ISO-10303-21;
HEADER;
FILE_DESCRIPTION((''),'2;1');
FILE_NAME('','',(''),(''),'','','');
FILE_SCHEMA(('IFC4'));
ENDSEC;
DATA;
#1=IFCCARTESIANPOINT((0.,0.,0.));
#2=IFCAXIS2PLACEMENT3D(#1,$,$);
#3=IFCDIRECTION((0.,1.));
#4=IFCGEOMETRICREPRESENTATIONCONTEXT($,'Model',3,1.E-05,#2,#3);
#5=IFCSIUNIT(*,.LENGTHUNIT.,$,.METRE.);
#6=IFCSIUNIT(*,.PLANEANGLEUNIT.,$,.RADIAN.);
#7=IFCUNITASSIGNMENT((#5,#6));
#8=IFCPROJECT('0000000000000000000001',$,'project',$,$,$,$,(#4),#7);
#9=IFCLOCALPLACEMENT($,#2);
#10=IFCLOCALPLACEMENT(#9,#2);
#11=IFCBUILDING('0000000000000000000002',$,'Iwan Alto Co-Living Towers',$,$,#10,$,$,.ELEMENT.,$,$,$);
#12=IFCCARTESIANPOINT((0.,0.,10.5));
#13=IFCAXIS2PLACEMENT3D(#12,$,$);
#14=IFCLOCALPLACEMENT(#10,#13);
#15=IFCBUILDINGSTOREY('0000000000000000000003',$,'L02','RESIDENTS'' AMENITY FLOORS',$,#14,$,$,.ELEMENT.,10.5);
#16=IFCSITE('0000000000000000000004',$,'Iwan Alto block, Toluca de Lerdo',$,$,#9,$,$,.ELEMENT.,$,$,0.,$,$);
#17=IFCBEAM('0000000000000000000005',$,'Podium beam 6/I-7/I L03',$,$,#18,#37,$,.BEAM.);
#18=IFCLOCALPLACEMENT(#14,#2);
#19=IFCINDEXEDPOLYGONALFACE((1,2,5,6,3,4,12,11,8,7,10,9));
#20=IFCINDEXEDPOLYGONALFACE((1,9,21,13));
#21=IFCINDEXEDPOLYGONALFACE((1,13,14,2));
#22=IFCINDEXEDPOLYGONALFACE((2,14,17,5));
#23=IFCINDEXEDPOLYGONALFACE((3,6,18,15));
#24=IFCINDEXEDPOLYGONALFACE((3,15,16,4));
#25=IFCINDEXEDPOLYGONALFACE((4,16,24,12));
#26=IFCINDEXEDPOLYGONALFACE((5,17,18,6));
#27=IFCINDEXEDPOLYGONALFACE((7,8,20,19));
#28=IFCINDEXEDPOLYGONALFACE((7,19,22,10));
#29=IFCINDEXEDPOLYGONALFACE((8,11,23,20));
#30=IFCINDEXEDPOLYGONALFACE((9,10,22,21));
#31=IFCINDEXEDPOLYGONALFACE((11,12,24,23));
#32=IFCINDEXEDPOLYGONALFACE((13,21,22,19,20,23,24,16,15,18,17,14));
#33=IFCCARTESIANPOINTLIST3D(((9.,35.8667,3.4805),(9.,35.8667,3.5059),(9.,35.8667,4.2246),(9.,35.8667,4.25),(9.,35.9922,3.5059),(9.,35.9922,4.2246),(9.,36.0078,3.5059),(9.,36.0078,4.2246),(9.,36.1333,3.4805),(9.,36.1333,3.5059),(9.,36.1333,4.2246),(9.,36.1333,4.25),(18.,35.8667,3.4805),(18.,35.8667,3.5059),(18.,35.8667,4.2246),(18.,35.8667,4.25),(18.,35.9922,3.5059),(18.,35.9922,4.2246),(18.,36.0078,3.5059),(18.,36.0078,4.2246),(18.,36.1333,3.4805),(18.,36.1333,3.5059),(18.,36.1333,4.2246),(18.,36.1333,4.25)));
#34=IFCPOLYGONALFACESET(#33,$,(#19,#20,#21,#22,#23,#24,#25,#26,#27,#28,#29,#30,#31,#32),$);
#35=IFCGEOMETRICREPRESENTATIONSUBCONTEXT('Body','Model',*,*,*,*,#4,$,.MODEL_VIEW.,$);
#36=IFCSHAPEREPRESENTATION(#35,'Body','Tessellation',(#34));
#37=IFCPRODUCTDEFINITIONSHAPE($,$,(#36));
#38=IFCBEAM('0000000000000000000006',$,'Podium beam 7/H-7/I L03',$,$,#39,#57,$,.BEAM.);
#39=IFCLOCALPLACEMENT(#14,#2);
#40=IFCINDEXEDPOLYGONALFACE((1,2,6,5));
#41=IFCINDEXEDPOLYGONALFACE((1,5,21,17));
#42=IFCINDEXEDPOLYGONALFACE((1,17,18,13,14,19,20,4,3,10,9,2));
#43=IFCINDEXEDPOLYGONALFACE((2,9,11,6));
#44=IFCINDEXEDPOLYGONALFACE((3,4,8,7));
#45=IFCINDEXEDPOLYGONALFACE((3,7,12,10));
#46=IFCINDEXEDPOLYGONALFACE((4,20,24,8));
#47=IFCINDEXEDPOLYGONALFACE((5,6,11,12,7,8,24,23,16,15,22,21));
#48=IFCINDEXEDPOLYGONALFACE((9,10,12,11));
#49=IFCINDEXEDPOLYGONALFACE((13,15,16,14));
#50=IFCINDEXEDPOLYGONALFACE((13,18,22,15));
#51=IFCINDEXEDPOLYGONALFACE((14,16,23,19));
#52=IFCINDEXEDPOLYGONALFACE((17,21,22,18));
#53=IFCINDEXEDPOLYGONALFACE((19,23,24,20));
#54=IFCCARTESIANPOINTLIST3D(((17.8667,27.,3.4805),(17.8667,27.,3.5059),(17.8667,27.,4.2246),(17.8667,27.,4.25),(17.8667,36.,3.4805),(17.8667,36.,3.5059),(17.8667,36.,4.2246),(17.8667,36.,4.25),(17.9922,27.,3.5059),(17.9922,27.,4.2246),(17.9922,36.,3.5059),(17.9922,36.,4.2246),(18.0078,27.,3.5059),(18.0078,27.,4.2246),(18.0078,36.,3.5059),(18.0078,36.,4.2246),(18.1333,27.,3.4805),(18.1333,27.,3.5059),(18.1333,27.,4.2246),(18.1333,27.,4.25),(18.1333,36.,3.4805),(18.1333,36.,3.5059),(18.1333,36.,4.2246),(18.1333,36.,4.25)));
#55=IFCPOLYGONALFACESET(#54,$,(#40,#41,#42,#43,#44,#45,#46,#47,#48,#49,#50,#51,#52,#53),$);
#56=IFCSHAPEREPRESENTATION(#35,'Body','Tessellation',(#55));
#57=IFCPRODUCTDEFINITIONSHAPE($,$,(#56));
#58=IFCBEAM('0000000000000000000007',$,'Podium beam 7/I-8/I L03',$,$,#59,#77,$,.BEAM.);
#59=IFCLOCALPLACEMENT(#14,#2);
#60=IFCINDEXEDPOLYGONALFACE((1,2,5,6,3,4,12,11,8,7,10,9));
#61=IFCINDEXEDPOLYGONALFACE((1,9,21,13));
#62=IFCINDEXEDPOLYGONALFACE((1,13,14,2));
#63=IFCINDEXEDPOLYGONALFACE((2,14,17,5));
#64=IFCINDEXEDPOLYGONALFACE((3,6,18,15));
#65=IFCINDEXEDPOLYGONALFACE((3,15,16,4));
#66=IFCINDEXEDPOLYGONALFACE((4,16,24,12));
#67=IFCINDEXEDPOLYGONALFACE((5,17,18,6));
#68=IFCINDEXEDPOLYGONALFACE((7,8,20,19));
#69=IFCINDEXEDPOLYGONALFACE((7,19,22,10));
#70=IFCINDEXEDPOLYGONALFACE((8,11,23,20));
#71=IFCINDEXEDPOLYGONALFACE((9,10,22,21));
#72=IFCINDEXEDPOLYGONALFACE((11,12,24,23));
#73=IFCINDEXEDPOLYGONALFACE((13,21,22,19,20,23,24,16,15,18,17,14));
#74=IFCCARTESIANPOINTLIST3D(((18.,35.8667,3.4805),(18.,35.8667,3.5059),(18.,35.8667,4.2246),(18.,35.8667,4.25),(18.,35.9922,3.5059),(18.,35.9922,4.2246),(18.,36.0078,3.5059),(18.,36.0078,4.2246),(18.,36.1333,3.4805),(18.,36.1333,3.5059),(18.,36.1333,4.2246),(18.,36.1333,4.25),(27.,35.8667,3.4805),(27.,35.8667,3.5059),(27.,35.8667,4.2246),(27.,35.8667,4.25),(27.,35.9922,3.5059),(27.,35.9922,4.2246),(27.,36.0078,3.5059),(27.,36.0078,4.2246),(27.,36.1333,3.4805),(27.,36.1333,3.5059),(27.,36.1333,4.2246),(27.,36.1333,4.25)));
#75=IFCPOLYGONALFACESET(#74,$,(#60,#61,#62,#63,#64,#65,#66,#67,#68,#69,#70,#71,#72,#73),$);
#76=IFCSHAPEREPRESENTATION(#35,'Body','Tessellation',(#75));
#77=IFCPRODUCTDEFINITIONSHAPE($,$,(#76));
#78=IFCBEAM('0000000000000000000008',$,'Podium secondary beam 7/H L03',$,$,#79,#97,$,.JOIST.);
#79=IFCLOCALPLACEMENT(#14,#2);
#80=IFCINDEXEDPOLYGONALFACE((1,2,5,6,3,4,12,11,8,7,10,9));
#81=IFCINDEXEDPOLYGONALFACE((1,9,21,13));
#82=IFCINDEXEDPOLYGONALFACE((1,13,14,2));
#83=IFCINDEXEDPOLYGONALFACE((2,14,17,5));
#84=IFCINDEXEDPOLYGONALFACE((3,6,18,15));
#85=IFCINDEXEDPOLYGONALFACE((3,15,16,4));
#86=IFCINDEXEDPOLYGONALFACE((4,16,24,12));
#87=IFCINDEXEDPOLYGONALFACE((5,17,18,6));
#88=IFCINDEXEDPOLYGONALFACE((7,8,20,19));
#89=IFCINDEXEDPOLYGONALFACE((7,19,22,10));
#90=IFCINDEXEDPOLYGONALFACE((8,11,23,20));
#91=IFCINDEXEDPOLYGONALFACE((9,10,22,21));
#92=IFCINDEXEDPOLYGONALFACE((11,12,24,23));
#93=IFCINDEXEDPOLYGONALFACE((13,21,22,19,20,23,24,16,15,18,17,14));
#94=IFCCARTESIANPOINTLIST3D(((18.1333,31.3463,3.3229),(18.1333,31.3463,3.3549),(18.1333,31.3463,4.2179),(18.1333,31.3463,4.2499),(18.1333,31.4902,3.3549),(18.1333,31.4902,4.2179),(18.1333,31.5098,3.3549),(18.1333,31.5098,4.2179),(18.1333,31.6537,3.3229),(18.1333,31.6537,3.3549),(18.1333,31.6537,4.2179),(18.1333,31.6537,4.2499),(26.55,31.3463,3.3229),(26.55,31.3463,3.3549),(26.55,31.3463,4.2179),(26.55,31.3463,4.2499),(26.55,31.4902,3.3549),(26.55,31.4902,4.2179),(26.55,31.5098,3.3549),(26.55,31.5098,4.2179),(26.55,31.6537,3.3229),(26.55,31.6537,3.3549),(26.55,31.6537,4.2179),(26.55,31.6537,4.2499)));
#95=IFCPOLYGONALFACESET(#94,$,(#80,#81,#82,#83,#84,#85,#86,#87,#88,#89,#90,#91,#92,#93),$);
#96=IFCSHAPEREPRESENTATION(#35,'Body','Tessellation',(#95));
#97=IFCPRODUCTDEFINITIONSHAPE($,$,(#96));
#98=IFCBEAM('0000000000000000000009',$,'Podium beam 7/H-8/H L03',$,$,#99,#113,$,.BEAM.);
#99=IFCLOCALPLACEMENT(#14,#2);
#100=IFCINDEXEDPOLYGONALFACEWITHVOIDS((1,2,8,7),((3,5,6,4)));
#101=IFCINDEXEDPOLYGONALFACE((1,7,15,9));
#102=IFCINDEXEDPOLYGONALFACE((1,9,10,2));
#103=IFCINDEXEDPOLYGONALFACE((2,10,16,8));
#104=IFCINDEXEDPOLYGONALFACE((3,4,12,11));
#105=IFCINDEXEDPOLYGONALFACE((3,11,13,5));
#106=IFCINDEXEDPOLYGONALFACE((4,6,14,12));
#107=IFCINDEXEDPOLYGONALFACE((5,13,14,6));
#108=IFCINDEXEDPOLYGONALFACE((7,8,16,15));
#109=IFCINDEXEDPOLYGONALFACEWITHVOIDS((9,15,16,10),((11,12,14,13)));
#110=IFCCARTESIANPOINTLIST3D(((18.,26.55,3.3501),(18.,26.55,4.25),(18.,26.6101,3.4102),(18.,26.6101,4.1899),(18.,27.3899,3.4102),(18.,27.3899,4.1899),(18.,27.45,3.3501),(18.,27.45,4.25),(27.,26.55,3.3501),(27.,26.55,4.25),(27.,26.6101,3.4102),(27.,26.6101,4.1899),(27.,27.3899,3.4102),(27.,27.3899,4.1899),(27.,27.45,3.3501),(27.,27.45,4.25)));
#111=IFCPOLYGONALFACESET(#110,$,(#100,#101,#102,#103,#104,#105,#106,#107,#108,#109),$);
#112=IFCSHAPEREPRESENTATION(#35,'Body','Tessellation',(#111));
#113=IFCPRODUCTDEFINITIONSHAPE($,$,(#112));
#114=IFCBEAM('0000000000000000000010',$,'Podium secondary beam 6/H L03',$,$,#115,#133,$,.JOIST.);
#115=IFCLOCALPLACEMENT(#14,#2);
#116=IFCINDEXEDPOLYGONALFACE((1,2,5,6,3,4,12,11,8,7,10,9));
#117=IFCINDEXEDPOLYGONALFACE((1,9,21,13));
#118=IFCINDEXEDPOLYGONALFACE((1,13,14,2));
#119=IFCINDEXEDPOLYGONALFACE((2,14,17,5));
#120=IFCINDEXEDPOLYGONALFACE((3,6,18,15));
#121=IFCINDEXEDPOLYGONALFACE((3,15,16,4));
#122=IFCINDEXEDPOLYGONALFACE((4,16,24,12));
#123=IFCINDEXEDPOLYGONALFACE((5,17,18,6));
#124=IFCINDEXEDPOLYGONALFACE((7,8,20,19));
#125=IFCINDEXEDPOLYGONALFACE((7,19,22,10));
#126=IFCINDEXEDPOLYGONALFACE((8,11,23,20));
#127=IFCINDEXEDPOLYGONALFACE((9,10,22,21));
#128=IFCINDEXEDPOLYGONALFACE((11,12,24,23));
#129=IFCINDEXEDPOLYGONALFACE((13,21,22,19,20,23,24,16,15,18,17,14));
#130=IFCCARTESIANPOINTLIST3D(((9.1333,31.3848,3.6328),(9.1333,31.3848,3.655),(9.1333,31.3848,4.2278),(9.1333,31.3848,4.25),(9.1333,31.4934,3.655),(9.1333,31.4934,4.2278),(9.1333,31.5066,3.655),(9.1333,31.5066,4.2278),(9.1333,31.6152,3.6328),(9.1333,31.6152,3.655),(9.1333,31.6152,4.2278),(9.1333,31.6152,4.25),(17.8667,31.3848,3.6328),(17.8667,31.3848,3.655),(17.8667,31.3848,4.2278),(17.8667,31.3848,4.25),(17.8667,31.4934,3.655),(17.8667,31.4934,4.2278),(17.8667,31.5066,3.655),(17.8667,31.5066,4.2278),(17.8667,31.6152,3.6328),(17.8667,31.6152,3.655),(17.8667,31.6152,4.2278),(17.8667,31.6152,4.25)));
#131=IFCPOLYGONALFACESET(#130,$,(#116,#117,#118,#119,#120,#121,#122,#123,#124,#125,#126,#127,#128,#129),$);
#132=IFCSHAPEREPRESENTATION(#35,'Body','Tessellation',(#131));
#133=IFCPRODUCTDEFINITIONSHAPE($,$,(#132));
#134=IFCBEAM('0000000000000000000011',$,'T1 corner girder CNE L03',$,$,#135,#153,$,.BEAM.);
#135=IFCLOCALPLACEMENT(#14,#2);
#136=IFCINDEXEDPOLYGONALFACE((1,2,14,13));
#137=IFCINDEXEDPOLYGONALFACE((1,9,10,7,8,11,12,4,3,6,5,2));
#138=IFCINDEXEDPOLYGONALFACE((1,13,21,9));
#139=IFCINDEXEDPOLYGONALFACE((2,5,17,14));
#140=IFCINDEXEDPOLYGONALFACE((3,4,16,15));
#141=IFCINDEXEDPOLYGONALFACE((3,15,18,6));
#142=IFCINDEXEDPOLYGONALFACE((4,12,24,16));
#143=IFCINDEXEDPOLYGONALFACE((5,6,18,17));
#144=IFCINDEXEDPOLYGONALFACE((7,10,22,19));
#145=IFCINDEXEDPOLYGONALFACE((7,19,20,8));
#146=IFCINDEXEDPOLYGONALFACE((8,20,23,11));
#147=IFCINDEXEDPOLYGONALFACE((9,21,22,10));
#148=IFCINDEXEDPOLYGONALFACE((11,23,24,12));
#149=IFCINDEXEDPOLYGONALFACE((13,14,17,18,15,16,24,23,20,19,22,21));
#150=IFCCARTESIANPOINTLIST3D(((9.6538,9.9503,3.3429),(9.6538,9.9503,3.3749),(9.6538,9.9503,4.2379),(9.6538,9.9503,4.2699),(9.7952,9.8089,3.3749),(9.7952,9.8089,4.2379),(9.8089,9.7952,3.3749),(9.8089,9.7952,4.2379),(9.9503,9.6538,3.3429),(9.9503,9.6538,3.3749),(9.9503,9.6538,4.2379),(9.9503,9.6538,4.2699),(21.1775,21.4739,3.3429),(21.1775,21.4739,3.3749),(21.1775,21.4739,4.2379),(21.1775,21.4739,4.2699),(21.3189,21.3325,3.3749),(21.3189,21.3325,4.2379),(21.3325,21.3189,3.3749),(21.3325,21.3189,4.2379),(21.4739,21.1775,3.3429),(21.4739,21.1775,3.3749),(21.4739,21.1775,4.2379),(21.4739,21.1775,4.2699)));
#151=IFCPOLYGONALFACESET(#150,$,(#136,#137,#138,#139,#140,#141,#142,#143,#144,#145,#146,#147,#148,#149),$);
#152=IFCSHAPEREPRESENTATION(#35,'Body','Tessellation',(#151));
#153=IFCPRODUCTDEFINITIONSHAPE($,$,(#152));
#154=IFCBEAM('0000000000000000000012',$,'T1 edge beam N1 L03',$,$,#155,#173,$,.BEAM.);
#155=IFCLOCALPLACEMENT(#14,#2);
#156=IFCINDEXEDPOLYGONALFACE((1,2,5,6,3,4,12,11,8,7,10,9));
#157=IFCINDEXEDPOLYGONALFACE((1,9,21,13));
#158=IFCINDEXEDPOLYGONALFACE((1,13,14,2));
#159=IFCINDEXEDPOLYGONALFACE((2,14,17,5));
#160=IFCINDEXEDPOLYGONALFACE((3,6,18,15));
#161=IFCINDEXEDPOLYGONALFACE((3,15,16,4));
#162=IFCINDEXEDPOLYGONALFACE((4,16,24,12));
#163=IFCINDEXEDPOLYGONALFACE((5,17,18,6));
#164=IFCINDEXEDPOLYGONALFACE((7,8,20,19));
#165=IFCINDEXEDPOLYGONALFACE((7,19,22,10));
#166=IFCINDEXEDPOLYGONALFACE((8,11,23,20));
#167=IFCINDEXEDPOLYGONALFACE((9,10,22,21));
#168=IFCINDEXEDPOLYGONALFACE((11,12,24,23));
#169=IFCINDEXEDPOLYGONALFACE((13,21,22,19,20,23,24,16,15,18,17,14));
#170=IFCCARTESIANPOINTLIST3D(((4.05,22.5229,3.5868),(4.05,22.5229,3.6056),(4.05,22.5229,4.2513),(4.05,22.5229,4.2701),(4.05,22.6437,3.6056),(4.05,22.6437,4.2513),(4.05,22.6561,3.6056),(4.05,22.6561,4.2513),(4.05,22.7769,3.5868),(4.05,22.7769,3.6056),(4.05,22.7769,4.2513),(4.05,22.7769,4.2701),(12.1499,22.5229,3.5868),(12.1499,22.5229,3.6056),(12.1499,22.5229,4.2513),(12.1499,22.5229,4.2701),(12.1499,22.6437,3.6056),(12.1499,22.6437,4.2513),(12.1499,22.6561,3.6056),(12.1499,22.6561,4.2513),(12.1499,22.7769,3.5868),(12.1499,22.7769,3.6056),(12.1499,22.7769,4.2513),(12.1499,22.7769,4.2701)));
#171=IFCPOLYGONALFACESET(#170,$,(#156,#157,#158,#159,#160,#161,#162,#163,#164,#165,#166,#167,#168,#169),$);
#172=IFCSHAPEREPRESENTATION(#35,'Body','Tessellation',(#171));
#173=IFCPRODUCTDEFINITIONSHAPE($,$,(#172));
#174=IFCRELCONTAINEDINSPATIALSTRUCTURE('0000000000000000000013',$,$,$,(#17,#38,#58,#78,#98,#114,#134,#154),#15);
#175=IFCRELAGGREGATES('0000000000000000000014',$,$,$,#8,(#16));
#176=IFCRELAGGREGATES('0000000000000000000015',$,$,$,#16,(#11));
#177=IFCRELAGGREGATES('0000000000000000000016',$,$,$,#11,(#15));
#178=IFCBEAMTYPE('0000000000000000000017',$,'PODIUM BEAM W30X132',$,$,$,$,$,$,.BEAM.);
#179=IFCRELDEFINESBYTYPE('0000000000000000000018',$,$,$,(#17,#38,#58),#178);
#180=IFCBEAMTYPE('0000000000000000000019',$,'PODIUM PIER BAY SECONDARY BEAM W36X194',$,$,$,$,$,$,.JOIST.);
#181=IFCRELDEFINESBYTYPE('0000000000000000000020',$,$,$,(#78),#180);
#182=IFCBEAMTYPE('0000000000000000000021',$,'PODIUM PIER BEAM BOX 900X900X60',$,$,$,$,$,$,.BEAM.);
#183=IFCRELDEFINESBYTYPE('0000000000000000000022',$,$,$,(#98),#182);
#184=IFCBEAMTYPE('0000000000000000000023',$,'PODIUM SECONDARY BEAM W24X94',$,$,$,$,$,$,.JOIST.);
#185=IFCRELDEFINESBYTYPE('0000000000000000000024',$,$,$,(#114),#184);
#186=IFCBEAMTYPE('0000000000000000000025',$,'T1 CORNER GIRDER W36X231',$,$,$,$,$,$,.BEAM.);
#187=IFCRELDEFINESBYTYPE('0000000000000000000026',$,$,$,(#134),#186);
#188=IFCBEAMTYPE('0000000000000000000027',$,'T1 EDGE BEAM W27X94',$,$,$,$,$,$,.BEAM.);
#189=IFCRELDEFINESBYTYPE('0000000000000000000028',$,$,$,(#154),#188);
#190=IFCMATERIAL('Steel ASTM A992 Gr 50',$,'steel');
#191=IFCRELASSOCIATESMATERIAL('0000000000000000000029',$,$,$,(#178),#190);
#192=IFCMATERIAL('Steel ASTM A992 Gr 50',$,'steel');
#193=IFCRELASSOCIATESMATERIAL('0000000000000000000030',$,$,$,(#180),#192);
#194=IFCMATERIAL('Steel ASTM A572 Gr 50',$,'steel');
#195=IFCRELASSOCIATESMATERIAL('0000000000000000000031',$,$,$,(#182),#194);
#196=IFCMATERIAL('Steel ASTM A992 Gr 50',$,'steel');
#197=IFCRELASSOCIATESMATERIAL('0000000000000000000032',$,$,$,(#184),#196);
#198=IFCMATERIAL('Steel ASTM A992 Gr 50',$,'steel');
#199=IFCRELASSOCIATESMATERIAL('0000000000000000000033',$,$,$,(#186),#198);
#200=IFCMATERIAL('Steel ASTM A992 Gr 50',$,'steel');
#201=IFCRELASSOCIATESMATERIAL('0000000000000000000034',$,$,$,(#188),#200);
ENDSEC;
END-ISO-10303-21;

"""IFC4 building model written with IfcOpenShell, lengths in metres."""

from ifc_helpers import new_model, si_unit, direction, frame, origin, origin_2d, place, context, subcontext, project, spatial, hollow_rectangle, i_section, extrude, material, material_profile, profile_set, type_object, element, save


model = new_model("IFC4")

# Units and contexts
model_context = context("Model", 3, precision=1e-05, world=origin(), true_north=direction((0.0, 1.0)))
body_context = subcontext(model_context, "Body", "Model", "MODEL_VIEW")
ifc_project = project(units=[si_unit("LENGTHUNIT", "METRE"), si_unit("PLANEANGLEUNIT", "RADIAN")], contexts=[model_context])

# Site, building, storey
site_placement = place(None, origin())
site = spatial("IfcSite", under=ifc_project, at=site_placement, Name="Iwan Alto block, Toluca de Lerdo", CompositionType="ELEMENT", RefElevation=0.0)
building_placement = place(site_placement, origin())
building = spatial("IfcBuilding", under=site, at=building_placement, Name="Iwan Alto Co-Living Towers", CompositionType="ELEMENT")
storey_placement = place(building_placement, frame((0.0, 0.0, 10.5)))
storey = spatial("IfcBuildingStorey", under=building, at=storey_placement, Name="L02", Description="RESIDENTS' AMENITY FLOORS", CompositionType="ELEMENT", Elevation=10.5)

# Beams
ifc_material_1 = material(Name="Steel ASTM A992 Gr 50", Category="steel")
ifc_material_profile_1 = material_profile(ifc_material_1, i_section(OverallWidth=0.2666, OverallDepth=0.7695, WebThickness=0.0156, FlangeThickness=0.0254, at=origin_2d()), Name="W30X132")
ifc_profile_set_1 = profile_set([ifc_material_profile_1], Name="Steel ASTM A992 Gr 50")
beam_type_1 = type_object("IfcBeamType", Name="PODIUM BEAM W30X132", PredefinedType="BEAM", material=ifc_profile_set_1)
for number, where, z_axis, x_axis, name in (
    (1, (9.0, 36.0, 3.8652), (1.0, 0.0, 0.0), (0.0, 1.0, 0.0), "Podium beam 6/I-7/I L03"),
    (2, (18.0, 27.0, 3.8652), (0.0, 1.0, 0.0), (-1.0, 0.0, 0.0), "Podium beam 7/H-7/I L03"),
    (3, (18.0, 36.0, 3.8652), (1.0, 0.0, 0.0), (0.0, 1.0, 0.0), "Podium beam 7/I-8/I L03"),
):
    element("IfcBeam", number, at=place(storey_placement, frame(where, z_axis=z_axis, x_axis=x_axis)), inside=storey, type_object=beam_type_1, Name=name, PredefinedType="BEAM", context=body_context, shape_type="SweptSolid", body=[
        extrude(i_section(OverallWidth=0.2666, OverallDepth=0.7695, WebThickness=0.0156, FlangeThickness=0.0254, at=origin_2d()), origin(), (0.0, 0.0, 1.0), 9.0),
    ])
ifc_material_2 = material(Name="Steel ASTM A992 Gr 50", Category="steel")
ifc_material_profile_2 = material_profile(ifc_material_2, i_section(OverallWidth=0.3074, OverallDepth=0.927, WebThickness=0.0195, FlangeThickness=0.032, at=origin_2d()), Name="W36X194")
ifc_profile_set_2 = profile_set([ifc_material_profile_2], Name="Steel ASTM A992 Gr 50")
beam_type_2 = type_object("IfcBeamType", Name="PODIUM PIER BAY SECONDARY BEAM W36X194", PredefinedType="JOIST", material=ifc_profile_set_2)
beam_1_placement = place(storey_placement, frame((18.1333, 31.5, 3.7864), z_axis=(1.0, 0.0, 0.0), x_axis=(0.0, 1.0, 0.0)))
element("IfcBeam", 4, at=beam_1_placement, inside=storey, type_object=beam_type_2, Name="Podium secondary beam 7/H L03", PredefinedType="JOIST", context=body_context, shape_type="SweptSolid", body=[
    extrude(i_section(OverallWidth=0.3074, OverallDepth=0.927, WebThickness=0.0195, FlangeThickness=0.032, at=origin_2d()), origin(), (0.0, 0.0, 1.0), 8.4167),
])
ifc_material_3 = material(Name="Steel ASTM A572 Gr 50", Category="steel")
ifc_material_profile_3 = material_profile(ifc_material_3, hollow_rectangle(XDim=0.8999, YDim=0.8999, WallThickness=0.0601, at=origin_2d()), Name="BOX 900X900X60")
ifc_profile_set_3 = profile_set([ifc_material_profile_3], Name="Steel ASTM A572 Gr 50")
beam_type_3 = type_object("IfcBeamType", Name="PODIUM PIER BEAM BOX 900X900X60", PredefinedType="BEAM", material=ifc_profile_set_3)
beam_2_placement = place(storey_placement, frame((18.0, 27.0, 3.8), z_axis=(1.0, 0.0, 0.0), x_axis=(0.0, 1.0, 0.0)))
element("IfcBeam", 5, at=beam_2_placement, inside=storey, type_object=beam_type_3, Name="Podium beam 7/H-8/H L03", PredefinedType="BEAM", context=body_context, shape_type="SweptSolid", body=[
    extrude(hollow_rectangle(XDim=0.8999, YDim=0.8999, WallThickness=0.0601, at=origin_2d()), origin(), (0.0, 0.0, 1.0), 9.0),
])
ifc_material_4 = material(Name="Steel ASTM A992 Gr 50", Category="steel")
ifc_material_profile_4 = material_profile(ifc_material_4, i_section(OverallWidth=0.2305, OverallDepth=0.6172, WebThickness=0.0132, FlangeThickness=0.0222, at=origin_2d()), Name="W24X94")
ifc_profile_set_4 = profile_set([ifc_material_profile_4], Name="Steel ASTM A992 Gr 50")
beam_type_4 = type_object("IfcBeamType", Name="PODIUM SECONDARY BEAM W24X94", PredefinedType="JOIST", material=ifc_profile_set_4)
beam_3_placement = place(storey_placement, frame((9.1333, 31.5, 3.9414), z_axis=(1.0, 0.0, 0.0), x_axis=(0.0, 1.0, 0.0)))
element("IfcBeam", 6, at=beam_3_placement, inside=storey, type_object=beam_type_4, Name="Podium secondary beam 6/H L03", PredefinedType="JOIST", context=body_context, shape_type="SweptSolid", body=[
    extrude(i_section(OverallWidth=0.2305, OverallDepth=0.6172, WebThickness=0.0132, FlangeThickness=0.0222, at=origin_2d()), origin(), (0.0, 0.0, 1.0), 8.7334),
])
ifc_material_5 = material(Name="Steel ASTM A992 Gr 50", Category="steel")
ifc_material_profile_5 = material_profile(ifc_material_5, i_section(OverallWidth=0.4192, OverallDepth=0.927, WebThickness=0.0193, FlangeThickness=0.032, at=origin_2d()), Name="W36X231")
ifc_profile_set_5 = profile_set([ifc_material_profile_5], Name="Steel ASTM A992 Gr 50")
beam_type_5 = type_object("IfcBeamType", Name="T1 CORNER GIRDER W36X231", PredefinedType="BEAM", material=ifc_profile_set_5)
beam_4_placement = place(storey_placement, frame((21.3257, 21.3257, 3.8064), z_axis=(-0.707107, -0.707107, 0.0), x_axis=(0.707107, -0.707107, 0.0)))
element("IfcBeam", 7, at=beam_4_placement, inside=storey, type_object=beam_type_5, Name="T1 corner girder CNE L03", PredefinedType="BEAM", context=body_context, shape_type="SweptSolid", body=[
    extrude(i_section(OverallWidth=0.4192, OverallDepth=0.927, WebThickness=0.0193, FlangeThickness=0.032, at=origin_2d()), origin(), (0.0, 0.0, 1.0), 16.2969),
])
ifc_material_6 = material(Name="Steel ASTM A992 Gr 50", Category="steel")
ifc_material_profile_6 = material_profile(ifc_material_6, i_section(OverallWidth=0.2539, OverallDepth=0.6833, WebThickness=0.0125, FlangeThickness=0.0188, at=origin_2d()), Name="W27X94")
ifc_profile_set_6 = profile_set([ifc_material_profile_6], Name="Steel ASTM A992 Gr 50")
beam_type_6 = type_object("IfcBeamType", Name="T1 EDGE BEAM W27X94", PredefinedType="BEAM", material=ifc_profile_set_6)
beam_5_placement = place(storey_placement, frame((12.1499, 22.6499, 3.9285), z_axis=(-1.0, 0.0, 0.0), x_axis=(0.0, -1.0, 0.0)))
element("IfcBeam", 8, at=beam_5_placement, inside=storey, type_object=beam_type_6, Name="T1 edge beam N1 L03", PredefinedType="BEAM", context=body_context, shape_type="SweptSolid", body=[
    extrude(i_section(OverallWidth=0.2539, OverallDepth=0.6833, WebThickness=0.0125, FlangeThickness=0.0188, at=origin_2d()), origin(), (0.0, 0.0, 1.0), 8.0999),
])

save(model, "model.ifc")
